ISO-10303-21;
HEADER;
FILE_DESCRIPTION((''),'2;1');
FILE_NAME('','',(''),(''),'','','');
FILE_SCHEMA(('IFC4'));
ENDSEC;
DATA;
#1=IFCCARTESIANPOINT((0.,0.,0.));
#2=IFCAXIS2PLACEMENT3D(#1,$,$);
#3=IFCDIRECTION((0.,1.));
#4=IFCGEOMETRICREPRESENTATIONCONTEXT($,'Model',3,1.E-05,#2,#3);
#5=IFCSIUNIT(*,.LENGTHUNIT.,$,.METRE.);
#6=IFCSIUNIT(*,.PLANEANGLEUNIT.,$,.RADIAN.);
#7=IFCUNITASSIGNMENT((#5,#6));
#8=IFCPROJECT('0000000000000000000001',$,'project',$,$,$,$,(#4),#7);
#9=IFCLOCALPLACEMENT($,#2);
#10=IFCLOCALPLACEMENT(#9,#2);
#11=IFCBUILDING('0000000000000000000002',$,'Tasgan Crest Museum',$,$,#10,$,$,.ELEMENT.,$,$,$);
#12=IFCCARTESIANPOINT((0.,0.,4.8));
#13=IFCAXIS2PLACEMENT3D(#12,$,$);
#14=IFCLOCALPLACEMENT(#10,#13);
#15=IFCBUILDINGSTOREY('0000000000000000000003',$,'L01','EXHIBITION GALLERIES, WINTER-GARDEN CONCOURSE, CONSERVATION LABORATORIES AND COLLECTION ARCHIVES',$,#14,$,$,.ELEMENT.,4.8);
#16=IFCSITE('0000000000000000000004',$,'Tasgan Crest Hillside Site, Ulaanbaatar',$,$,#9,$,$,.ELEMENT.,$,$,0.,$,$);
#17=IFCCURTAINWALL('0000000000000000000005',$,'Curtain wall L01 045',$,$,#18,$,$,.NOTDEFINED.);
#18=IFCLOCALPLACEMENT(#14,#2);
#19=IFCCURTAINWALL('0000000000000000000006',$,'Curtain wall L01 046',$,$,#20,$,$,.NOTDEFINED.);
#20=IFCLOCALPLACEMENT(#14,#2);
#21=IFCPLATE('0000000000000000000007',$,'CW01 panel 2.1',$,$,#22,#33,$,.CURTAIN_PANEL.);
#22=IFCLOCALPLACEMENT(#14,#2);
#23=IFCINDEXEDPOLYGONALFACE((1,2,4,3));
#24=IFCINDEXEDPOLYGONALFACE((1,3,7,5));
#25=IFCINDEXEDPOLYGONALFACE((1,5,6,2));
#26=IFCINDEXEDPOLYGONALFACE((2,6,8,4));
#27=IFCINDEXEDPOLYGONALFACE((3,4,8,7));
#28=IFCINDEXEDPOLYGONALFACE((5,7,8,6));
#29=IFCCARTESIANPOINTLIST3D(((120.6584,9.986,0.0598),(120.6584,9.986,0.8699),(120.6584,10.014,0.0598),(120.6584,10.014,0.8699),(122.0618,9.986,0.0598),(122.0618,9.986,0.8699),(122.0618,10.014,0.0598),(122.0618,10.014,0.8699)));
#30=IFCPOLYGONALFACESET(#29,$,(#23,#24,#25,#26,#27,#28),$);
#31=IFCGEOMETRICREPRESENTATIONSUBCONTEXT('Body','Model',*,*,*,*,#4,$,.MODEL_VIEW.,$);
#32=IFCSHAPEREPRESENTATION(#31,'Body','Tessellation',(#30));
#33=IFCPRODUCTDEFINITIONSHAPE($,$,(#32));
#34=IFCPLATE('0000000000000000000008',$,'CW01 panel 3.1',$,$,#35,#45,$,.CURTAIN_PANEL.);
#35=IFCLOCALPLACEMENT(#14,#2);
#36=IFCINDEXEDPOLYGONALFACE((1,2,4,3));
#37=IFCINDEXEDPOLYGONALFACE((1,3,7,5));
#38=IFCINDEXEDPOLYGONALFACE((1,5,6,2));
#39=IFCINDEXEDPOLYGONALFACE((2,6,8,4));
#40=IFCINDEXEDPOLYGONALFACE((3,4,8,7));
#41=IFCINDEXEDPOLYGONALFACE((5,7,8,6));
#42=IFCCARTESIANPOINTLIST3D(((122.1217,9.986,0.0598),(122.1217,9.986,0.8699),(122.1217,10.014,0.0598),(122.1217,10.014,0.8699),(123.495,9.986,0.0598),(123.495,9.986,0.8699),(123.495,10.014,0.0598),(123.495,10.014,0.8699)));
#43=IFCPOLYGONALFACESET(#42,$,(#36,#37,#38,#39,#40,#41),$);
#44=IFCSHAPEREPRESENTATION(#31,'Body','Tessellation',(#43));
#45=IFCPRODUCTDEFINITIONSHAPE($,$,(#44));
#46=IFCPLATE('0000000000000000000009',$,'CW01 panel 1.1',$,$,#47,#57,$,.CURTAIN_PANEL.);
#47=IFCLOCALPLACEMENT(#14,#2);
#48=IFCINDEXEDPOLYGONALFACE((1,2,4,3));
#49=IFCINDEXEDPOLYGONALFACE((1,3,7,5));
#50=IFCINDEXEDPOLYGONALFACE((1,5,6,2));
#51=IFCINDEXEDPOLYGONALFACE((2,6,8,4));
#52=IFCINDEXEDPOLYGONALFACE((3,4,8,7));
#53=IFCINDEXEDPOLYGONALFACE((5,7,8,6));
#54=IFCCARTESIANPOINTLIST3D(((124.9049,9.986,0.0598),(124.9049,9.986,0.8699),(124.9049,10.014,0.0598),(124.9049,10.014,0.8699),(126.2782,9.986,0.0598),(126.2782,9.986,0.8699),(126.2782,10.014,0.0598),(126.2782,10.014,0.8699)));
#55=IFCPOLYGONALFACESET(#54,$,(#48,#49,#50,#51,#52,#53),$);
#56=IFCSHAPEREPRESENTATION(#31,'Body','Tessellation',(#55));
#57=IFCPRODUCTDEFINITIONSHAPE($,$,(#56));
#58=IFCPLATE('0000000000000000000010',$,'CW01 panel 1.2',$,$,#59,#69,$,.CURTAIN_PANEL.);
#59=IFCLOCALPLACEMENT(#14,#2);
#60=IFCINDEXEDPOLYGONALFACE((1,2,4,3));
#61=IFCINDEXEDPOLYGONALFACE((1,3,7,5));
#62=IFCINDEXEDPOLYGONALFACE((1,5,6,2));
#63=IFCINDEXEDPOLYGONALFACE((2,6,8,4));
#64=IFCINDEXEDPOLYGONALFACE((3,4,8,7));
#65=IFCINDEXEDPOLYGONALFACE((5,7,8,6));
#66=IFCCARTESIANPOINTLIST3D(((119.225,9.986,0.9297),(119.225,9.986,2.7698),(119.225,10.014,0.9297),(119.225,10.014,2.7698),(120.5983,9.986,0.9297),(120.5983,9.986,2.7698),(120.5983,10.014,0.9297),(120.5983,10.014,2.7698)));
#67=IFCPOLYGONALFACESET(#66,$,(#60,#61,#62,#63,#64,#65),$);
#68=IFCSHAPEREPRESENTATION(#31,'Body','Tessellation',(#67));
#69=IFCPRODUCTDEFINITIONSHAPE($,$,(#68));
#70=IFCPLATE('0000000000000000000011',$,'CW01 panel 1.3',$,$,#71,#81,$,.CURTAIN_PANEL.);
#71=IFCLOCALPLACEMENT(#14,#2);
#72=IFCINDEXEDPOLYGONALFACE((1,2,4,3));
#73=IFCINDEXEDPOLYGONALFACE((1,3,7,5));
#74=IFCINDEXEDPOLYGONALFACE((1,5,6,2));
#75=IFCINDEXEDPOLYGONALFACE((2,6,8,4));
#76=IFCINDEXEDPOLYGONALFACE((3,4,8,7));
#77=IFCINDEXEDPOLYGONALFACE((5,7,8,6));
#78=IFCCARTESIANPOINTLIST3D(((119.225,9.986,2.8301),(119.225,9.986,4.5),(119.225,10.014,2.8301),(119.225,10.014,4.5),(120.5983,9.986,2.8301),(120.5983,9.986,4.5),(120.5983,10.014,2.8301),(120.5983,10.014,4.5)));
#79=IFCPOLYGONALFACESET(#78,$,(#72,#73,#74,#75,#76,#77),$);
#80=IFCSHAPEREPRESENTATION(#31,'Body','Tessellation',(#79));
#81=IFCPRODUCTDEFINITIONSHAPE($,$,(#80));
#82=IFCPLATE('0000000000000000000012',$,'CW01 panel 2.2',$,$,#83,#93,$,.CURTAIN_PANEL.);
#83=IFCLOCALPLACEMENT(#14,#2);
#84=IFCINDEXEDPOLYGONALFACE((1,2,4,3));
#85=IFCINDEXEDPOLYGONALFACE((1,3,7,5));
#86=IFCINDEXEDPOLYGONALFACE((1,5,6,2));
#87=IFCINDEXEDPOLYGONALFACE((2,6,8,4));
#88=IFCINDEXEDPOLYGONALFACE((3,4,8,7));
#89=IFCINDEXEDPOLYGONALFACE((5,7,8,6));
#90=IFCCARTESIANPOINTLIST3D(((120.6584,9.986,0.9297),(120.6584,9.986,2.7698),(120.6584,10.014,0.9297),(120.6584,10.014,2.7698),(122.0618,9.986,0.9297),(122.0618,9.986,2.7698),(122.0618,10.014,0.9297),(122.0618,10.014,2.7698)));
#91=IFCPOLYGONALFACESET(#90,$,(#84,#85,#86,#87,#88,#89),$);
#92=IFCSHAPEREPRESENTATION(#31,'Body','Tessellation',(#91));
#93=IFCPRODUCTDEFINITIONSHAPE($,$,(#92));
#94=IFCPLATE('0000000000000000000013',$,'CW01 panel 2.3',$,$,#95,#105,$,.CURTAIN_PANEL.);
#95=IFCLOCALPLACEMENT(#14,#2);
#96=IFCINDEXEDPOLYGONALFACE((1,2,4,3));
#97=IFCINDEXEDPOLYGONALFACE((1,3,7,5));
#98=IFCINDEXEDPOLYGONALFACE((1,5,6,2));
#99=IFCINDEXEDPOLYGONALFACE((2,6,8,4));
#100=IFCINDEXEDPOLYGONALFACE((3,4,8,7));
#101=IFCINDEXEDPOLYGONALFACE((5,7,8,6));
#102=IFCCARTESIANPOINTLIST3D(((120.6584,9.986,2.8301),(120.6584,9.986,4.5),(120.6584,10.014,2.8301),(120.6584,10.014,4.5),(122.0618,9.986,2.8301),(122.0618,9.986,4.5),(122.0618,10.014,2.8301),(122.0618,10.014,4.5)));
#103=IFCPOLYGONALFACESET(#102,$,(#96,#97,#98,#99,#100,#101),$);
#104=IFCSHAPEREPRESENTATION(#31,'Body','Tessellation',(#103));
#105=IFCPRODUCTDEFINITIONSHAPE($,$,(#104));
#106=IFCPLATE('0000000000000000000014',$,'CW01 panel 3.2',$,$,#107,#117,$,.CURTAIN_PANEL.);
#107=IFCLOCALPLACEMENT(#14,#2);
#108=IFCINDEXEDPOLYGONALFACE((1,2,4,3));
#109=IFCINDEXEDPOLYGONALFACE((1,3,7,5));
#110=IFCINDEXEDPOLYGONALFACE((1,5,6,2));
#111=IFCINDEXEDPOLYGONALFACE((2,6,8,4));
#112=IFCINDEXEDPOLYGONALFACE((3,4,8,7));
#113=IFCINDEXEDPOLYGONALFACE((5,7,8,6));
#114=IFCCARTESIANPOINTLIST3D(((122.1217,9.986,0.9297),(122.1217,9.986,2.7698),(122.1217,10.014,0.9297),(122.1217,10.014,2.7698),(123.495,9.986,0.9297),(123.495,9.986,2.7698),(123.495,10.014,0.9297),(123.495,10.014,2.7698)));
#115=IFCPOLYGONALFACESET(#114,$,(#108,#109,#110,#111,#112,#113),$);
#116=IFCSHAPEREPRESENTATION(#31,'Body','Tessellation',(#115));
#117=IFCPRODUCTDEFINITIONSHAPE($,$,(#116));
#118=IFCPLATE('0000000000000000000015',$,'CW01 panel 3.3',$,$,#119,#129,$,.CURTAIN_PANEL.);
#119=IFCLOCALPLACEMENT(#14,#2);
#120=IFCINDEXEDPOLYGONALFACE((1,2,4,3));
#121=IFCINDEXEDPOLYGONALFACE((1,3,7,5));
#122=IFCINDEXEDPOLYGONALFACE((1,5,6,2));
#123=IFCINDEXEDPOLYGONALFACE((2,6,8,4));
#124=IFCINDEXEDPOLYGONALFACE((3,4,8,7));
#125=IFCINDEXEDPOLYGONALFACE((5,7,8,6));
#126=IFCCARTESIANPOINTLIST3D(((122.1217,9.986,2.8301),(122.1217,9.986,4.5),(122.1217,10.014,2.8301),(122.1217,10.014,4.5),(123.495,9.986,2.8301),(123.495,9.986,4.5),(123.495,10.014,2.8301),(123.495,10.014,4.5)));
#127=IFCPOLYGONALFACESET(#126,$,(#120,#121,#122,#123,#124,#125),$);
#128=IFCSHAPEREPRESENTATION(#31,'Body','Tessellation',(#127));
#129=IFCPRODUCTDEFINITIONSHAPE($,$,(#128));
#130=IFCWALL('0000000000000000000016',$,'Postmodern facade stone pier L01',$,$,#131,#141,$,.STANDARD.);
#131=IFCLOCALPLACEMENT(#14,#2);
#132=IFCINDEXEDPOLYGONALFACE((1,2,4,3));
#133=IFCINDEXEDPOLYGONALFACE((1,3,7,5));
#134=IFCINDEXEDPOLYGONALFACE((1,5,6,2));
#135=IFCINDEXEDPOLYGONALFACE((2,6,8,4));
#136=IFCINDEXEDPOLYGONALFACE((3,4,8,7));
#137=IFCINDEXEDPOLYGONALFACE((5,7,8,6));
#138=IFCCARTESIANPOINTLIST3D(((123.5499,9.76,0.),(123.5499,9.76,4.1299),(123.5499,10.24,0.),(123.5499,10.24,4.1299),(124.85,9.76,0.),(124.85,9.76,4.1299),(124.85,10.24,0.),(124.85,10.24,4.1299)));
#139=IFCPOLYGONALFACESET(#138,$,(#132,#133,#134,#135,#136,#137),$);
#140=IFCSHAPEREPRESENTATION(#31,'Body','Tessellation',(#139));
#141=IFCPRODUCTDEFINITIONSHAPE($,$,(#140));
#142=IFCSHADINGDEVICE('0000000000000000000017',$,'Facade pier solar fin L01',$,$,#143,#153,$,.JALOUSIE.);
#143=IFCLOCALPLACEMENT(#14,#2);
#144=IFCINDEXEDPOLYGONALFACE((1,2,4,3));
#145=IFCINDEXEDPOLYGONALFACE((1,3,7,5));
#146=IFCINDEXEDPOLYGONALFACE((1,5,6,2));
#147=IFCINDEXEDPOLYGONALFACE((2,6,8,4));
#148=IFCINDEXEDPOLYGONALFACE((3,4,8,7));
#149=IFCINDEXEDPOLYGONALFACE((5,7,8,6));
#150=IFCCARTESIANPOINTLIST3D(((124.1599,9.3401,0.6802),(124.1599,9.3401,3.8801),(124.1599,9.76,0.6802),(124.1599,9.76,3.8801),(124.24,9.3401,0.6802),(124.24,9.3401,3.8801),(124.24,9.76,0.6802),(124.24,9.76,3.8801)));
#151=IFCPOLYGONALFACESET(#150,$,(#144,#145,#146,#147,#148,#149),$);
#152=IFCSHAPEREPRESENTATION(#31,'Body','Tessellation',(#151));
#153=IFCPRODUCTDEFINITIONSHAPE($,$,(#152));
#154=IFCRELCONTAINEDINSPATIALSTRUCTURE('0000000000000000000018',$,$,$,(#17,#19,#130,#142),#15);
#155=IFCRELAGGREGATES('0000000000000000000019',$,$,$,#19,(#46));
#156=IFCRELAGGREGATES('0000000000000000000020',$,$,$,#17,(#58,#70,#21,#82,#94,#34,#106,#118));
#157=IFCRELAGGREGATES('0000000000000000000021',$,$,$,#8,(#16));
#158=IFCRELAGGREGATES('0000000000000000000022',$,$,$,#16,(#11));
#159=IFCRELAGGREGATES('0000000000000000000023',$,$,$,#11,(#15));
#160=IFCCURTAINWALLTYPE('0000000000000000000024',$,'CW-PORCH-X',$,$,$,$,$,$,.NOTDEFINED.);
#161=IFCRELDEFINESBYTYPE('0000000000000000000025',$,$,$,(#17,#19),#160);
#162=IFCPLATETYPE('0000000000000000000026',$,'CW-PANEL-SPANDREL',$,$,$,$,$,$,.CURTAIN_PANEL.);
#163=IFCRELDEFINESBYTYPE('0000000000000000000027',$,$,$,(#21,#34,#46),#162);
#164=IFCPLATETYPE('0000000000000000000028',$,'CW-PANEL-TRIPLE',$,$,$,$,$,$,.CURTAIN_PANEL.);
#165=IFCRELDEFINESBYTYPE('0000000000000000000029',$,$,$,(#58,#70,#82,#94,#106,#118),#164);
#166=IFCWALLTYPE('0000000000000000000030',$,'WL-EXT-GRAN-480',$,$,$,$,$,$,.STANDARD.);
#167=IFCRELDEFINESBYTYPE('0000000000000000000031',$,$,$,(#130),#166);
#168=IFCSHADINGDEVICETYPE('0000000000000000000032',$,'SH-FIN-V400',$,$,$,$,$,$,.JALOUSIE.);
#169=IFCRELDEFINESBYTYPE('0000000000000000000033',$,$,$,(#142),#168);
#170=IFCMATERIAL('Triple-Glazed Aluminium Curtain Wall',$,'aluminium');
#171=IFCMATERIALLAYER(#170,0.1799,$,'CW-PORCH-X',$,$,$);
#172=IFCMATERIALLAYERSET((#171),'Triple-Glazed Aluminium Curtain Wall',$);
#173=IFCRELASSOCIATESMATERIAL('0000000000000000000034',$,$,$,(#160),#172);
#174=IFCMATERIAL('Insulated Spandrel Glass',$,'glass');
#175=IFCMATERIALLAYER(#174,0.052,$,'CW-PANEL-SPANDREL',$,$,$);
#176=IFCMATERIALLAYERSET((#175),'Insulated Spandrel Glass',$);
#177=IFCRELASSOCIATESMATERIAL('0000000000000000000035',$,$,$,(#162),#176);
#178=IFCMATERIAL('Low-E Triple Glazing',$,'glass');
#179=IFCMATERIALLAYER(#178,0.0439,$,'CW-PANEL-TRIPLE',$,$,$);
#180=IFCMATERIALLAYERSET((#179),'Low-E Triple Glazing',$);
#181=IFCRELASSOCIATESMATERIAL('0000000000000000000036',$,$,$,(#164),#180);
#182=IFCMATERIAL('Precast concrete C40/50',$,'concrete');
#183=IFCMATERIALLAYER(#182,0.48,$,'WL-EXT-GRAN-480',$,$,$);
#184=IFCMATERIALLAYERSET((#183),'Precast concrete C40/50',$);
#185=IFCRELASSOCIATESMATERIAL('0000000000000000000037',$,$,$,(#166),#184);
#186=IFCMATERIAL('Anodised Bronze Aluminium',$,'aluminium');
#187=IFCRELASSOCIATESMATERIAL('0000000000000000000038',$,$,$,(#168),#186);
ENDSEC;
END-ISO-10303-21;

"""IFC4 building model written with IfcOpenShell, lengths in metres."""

from ifc_helpers import new_model, si_unit, direction, frame, frame_2d, origin, origin_2d, place, context, subcontext, project, spatial, rectangle, extrude, material, layer, layer_set, type_object, element, aggregate, save


model = new_model("IFC4")

# Units and contexts
model_context = context("Model", 3, precision=1e-05, world=origin(), true_north=direction((0.0, 1.0)))
body_context = subcontext(model_context, "Body", "Model", "MODEL_VIEW")
ifc_project = project(units=[si_unit("LENGTHUNIT", "METRE"), si_unit("PLANEANGLEUNIT", "RADIAN")], contexts=[model_context])

# Site, building, storey
site_placement = place(None, origin())
site = spatial("IfcSite", under=ifc_project, at=site_placement, Name="Tasgan Crest Hillside Site, Ulaanbaatar", CompositionType="ELEMENT", RefElevation=0.0)
building_placement = place(site_placement, origin())
building = spatial("IfcBuilding", under=site, at=building_placement, Name="Tasgan Crest Museum", CompositionType="ELEMENT")
storey_placement = place(building_placement, frame((0.0, 0.0, 4.8)))
storey = spatial("IfcBuildingStorey", under=building, at=storey_placement, Name="L01", Description="EXHIBITION GALLERIES, WINTER-GARDEN CONCOURSE, CONSERVATION LABORATORIES AND COLLECTION ARCHIVES", CompositionType="ELEMENT", Elevation=4.8)

# Curtain wall
ifc_material_1 = material(Name="Triple-Glazed Aluminium Curtain Wall", Category="aluminium")
ifc_layer_1 = layer(ifc_material_1, 0.1799, Name="CW-PORCH-X")
ifc_layer_set_1 = layer_set([ifc_layer_1], Name="Triple-Glazed Aluminium Curtain Wall")
curtain_wall_type = type_object("IfcCurtainWallType", Name="CW-PORCH-X", PredefinedType="NOTDEFINED", material=ifc_layer_set_1)
curtain_wall_1_placement = place(storey_placement, origin())
curtain_wall_1 = element("IfcCurtainWall", 1, at=curtain_wall_1_placement, inside=storey, type_object=curtain_wall_type, Name="Curtain wall L01 045", PredefinedType="NOTDEFINED")

# Curtain wall
curtain_wall_2_placement = place(storey_placement, origin())
curtain_wall_2 = element("IfcCurtainWall", 2, at=curtain_wall_2_placement, inside=storey, type_object=curtain_wall_type, Name="Curtain wall L01 046", PredefinedType="NOTDEFINED")

# Plates
ifc_material_2 = material(Name="Insulated Spandrel Glass", Category="glass")
ifc_layer_2 = layer(ifc_material_2, 0.052, Name="CW-PANEL-SPANDREL")
ifc_layer_set_2 = layer_set([ifc_layer_2], Name="Insulated Spandrel Glass")
plate_type_1 = type_object("IfcPlateType", Name="CW-PANEL-SPANDREL", PredefinedType="CURTAIN_PANEL", material=ifc_layer_set_2)
plate_1_placement = place(storey_placement, frame((121.3601, 10.0, 0.0598), z_axis=(0.0, 0.0, 1.0), x_axis=(1.0, 0.0, 0.0)))
plate_1 = element("IfcPlate", 3, at=plate_1_placement, type_object=plate_type_1, Name="CW01 panel 2.1", PredefinedType="CURTAIN_PANEL", context=body_context, shape_type="SweptSolid", body=[
    extrude(rectangle(XDim=1.4033, YDim=0.0281, at=origin_2d()), origin(), (0.0, 0.0, 1.0), 0.8101),
])
plate_2_placement = place(storey_placement, frame((122.8083, 10.0, 0.0598), z_axis=(0.0, 0.0, 1.0), x_axis=(1.0, 0.0, 0.0)))
plate_2 = element("IfcPlate", 4, at=plate_2_placement, type_object=plate_type_1, Name="CW01 panel 3.1", PredefinedType="CURTAIN_PANEL", context=body_context, shape_type="SweptSolid", body=[
    extrude(rectangle(XDim=1.3733, YDim=0.0281, at=origin_2d()), origin(), (0.0, 0.0, 1.0), 0.8101),
])
plate_3_placement = place(storey_placement, frame((125.5916, 10.0, 0.0598), z_axis=(0.0, 0.0, 1.0), x_axis=(1.0, 0.0, 0.0)))
plate_3 = element("IfcPlate", 5, at=plate_3_placement, type_object=plate_type_1, Name="CW01 panel 1.1", PredefinedType="CURTAIN_PANEL", context=body_context, shape_type="SweptSolid", body=[
    extrude(rectangle(XDim=1.3733, YDim=0.0281, at=origin_2d()), origin(), (0.0, 0.0, 1.0), 0.8101),
])
aggregate(curtain_wall_2, [plate_3])
ifc_material_3 = material(Name="Low-E Triple Glazing", Category="glass")
ifc_layer_3 = layer(ifc_material_3, 0.0439, Name="CW-PANEL-TRIPLE")
ifc_layer_set_3 = layer_set([ifc_layer_3], Name="Low-E Triple Glazing")
plate_type_2 = type_object("IfcPlateType", Name="CW-PANEL-TRIPLE", PredefinedType="CURTAIN_PANEL", material=ifc_layer_set_3)
plate_4_placement = place(storey_placement, frame((119.9116, 10.0, 0.9297), z_axis=(0.0, 0.0, 1.0), x_axis=(1.0, 0.0, 0.0)))
plate_4 = element("IfcPlate", 6, at=plate_4_placement, type_object=plate_type_2, Name="CW01 panel 1.2", PredefinedType="CURTAIN_PANEL", context=body_context, shape_type="SweptSolid", body=[
    extrude(rectangle(XDim=1.3733, YDim=0.0281, at=origin_2d()), origin(), (0.0, 0.0, 1.0), 1.8401),
])
plate_5_placement = place(storey_placement, frame((119.9116, 10.0, 2.8301), z_axis=(0.0, 0.0, 1.0), x_axis=(1.0, 0.0, 0.0)))
plate_5 = element("IfcPlate", 7, at=plate_5_placement, type_object=plate_type_2, Name="CW01 panel 1.3", PredefinedType="CURTAIN_PANEL", context=body_context, shape_type="SweptSolid", body=[
    extrude(rectangle(XDim=1.3733, YDim=0.0281, at=origin_2d()), origin(), (0.0, 0.0, 1.0), 1.6699),
])
plate_6_placement = place(storey_placement, frame((121.3601, 10.0, 0.9297), z_axis=(0.0, 0.0, 1.0), x_axis=(1.0, 0.0, 0.0)))
plate_6 = element("IfcPlate", 8, at=plate_6_placement, type_object=plate_type_2, Name="CW01 panel 2.2", PredefinedType="CURTAIN_PANEL", context=body_context, shape_type="SweptSolid", body=[
    extrude(rectangle(XDim=1.4033, YDim=0.0281, at=origin_2d()), origin(), (0.0, 0.0, 1.0), 1.8401),
])
plate_7_placement = place(storey_placement, frame((121.3601, 10.0, 2.8301), z_axis=(0.0, 0.0, 1.0), x_axis=(1.0, 0.0, 0.0)))
plate_7 = element("IfcPlate", 9, at=plate_7_placement, type_object=plate_type_2, Name="CW01 panel 2.3", PredefinedType="CURTAIN_PANEL", context=body_context, shape_type="SweptSolid", body=[
    extrude(rectangle(XDim=1.4033, YDim=0.0281, at=origin_2d()), origin(), (0.0, 0.0, 1.0), 1.6699),
])
plate_8_placement = place(storey_placement, frame((122.8083, 10.0, 0.9297), z_axis=(0.0, 0.0, 1.0), x_axis=(1.0, 0.0, 0.0)))
plate_8 = element("IfcPlate", 10, at=plate_8_placement, type_object=plate_type_2, Name="CW01 panel 3.2", PredefinedType="CURTAIN_PANEL", context=body_context, shape_type="SweptSolid", body=[
    extrude(rectangle(XDim=1.3733, YDim=0.0281, at=origin_2d()), origin(), (0.0, 0.0, 1.0), 1.8401),
])
plate_9_placement = place(storey_placement, frame((122.8083, 10.0, 2.8301), z_axis=(0.0, 0.0, 1.0), x_axis=(1.0, 0.0, 0.0)))
plate_9 = element("IfcPlate", 11, at=plate_9_placement, type_object=plate_type_2, Name="CW01 panel 3.3", PredefinedType="CURTAIN_PANEL", context=body_context, shape_type="SweptSolid", body=[
    extrude(rectangle(XDim=1.3733, YDim=0.0281, at=origin_2d()), origin(), (0.0, 0.0, 1.0), 1.6699),
])
aggregate(curtain_wall_1, [plate_4, plate_5, plate_1, plate_6, plate_7, plate_2, plate_8, plate_9])

# Wall
ifc_material_4 = material(Name="Precast concrete C40/50", Category="concrete")
ifc_layer_4 = layer(ifc_material_4, 0.48, Name="WL-EXT-GRAN-480")
ifc_layer_set_4 = layer_set([ifc_layer_4], Name="Precast concrete C40/50")
wall_type = type_object("IfcWallType", Name="WL-EXT-GRAN-480", PredefinedType="STANDARD", material=ifc_layer_set_4)
wall_placement = place(storey_placement, frame((123.55, 10.0, 0.0), z_axis=(0.0, 0.0, 1.0), x_axis=(1.0, 0.0, 0.0)))
element("IfcWall", 12, at=wall_placement, inside=storey, type_object=wall_type, Name="Postmodern facade stone pier L01", PredefinedType="STANDARD", context=body_context, shape_type="SweptSolid", body=[
    extrude(rectangle(XDim=1.3, YDim=0.48, at=frame_2d((0.6499, 0.0))), origin(), (0.0, 0.0, 1.0), 4.1299),
])

# Shading device
ifc_material_5 = material(Name="Anodised Bronze Aluminium", Category="aluminium")
shading_device_type = type_object("IfcShadingDeviceType", Name="SH-FIN-V400", PredefinedType="JALOUSIE", material=ifc_material_5)
shading_device_placement = place(storey_placement, frame((124.2, 9.55, 0.6802), z_axis=(0.0, 0.0, 1.0), x_axis=(1.0, 0.0, 0.0)))
element("IfcShadingDevice", 13, at=shading_device_placement, inside=storey, type_object=shading_device_type, Name="Facade pier solar fin L01", PredefinedType="JALOUSIE", context=body_context, shape_type="SweptSolid", body=[
    extrude(rectangle(XDim=0.0801, YDim=0.4199, at=origin_2d()), origin(), (0.0, 0.0, 1.0), 3.2),
])

save(model, "model.ifc")
